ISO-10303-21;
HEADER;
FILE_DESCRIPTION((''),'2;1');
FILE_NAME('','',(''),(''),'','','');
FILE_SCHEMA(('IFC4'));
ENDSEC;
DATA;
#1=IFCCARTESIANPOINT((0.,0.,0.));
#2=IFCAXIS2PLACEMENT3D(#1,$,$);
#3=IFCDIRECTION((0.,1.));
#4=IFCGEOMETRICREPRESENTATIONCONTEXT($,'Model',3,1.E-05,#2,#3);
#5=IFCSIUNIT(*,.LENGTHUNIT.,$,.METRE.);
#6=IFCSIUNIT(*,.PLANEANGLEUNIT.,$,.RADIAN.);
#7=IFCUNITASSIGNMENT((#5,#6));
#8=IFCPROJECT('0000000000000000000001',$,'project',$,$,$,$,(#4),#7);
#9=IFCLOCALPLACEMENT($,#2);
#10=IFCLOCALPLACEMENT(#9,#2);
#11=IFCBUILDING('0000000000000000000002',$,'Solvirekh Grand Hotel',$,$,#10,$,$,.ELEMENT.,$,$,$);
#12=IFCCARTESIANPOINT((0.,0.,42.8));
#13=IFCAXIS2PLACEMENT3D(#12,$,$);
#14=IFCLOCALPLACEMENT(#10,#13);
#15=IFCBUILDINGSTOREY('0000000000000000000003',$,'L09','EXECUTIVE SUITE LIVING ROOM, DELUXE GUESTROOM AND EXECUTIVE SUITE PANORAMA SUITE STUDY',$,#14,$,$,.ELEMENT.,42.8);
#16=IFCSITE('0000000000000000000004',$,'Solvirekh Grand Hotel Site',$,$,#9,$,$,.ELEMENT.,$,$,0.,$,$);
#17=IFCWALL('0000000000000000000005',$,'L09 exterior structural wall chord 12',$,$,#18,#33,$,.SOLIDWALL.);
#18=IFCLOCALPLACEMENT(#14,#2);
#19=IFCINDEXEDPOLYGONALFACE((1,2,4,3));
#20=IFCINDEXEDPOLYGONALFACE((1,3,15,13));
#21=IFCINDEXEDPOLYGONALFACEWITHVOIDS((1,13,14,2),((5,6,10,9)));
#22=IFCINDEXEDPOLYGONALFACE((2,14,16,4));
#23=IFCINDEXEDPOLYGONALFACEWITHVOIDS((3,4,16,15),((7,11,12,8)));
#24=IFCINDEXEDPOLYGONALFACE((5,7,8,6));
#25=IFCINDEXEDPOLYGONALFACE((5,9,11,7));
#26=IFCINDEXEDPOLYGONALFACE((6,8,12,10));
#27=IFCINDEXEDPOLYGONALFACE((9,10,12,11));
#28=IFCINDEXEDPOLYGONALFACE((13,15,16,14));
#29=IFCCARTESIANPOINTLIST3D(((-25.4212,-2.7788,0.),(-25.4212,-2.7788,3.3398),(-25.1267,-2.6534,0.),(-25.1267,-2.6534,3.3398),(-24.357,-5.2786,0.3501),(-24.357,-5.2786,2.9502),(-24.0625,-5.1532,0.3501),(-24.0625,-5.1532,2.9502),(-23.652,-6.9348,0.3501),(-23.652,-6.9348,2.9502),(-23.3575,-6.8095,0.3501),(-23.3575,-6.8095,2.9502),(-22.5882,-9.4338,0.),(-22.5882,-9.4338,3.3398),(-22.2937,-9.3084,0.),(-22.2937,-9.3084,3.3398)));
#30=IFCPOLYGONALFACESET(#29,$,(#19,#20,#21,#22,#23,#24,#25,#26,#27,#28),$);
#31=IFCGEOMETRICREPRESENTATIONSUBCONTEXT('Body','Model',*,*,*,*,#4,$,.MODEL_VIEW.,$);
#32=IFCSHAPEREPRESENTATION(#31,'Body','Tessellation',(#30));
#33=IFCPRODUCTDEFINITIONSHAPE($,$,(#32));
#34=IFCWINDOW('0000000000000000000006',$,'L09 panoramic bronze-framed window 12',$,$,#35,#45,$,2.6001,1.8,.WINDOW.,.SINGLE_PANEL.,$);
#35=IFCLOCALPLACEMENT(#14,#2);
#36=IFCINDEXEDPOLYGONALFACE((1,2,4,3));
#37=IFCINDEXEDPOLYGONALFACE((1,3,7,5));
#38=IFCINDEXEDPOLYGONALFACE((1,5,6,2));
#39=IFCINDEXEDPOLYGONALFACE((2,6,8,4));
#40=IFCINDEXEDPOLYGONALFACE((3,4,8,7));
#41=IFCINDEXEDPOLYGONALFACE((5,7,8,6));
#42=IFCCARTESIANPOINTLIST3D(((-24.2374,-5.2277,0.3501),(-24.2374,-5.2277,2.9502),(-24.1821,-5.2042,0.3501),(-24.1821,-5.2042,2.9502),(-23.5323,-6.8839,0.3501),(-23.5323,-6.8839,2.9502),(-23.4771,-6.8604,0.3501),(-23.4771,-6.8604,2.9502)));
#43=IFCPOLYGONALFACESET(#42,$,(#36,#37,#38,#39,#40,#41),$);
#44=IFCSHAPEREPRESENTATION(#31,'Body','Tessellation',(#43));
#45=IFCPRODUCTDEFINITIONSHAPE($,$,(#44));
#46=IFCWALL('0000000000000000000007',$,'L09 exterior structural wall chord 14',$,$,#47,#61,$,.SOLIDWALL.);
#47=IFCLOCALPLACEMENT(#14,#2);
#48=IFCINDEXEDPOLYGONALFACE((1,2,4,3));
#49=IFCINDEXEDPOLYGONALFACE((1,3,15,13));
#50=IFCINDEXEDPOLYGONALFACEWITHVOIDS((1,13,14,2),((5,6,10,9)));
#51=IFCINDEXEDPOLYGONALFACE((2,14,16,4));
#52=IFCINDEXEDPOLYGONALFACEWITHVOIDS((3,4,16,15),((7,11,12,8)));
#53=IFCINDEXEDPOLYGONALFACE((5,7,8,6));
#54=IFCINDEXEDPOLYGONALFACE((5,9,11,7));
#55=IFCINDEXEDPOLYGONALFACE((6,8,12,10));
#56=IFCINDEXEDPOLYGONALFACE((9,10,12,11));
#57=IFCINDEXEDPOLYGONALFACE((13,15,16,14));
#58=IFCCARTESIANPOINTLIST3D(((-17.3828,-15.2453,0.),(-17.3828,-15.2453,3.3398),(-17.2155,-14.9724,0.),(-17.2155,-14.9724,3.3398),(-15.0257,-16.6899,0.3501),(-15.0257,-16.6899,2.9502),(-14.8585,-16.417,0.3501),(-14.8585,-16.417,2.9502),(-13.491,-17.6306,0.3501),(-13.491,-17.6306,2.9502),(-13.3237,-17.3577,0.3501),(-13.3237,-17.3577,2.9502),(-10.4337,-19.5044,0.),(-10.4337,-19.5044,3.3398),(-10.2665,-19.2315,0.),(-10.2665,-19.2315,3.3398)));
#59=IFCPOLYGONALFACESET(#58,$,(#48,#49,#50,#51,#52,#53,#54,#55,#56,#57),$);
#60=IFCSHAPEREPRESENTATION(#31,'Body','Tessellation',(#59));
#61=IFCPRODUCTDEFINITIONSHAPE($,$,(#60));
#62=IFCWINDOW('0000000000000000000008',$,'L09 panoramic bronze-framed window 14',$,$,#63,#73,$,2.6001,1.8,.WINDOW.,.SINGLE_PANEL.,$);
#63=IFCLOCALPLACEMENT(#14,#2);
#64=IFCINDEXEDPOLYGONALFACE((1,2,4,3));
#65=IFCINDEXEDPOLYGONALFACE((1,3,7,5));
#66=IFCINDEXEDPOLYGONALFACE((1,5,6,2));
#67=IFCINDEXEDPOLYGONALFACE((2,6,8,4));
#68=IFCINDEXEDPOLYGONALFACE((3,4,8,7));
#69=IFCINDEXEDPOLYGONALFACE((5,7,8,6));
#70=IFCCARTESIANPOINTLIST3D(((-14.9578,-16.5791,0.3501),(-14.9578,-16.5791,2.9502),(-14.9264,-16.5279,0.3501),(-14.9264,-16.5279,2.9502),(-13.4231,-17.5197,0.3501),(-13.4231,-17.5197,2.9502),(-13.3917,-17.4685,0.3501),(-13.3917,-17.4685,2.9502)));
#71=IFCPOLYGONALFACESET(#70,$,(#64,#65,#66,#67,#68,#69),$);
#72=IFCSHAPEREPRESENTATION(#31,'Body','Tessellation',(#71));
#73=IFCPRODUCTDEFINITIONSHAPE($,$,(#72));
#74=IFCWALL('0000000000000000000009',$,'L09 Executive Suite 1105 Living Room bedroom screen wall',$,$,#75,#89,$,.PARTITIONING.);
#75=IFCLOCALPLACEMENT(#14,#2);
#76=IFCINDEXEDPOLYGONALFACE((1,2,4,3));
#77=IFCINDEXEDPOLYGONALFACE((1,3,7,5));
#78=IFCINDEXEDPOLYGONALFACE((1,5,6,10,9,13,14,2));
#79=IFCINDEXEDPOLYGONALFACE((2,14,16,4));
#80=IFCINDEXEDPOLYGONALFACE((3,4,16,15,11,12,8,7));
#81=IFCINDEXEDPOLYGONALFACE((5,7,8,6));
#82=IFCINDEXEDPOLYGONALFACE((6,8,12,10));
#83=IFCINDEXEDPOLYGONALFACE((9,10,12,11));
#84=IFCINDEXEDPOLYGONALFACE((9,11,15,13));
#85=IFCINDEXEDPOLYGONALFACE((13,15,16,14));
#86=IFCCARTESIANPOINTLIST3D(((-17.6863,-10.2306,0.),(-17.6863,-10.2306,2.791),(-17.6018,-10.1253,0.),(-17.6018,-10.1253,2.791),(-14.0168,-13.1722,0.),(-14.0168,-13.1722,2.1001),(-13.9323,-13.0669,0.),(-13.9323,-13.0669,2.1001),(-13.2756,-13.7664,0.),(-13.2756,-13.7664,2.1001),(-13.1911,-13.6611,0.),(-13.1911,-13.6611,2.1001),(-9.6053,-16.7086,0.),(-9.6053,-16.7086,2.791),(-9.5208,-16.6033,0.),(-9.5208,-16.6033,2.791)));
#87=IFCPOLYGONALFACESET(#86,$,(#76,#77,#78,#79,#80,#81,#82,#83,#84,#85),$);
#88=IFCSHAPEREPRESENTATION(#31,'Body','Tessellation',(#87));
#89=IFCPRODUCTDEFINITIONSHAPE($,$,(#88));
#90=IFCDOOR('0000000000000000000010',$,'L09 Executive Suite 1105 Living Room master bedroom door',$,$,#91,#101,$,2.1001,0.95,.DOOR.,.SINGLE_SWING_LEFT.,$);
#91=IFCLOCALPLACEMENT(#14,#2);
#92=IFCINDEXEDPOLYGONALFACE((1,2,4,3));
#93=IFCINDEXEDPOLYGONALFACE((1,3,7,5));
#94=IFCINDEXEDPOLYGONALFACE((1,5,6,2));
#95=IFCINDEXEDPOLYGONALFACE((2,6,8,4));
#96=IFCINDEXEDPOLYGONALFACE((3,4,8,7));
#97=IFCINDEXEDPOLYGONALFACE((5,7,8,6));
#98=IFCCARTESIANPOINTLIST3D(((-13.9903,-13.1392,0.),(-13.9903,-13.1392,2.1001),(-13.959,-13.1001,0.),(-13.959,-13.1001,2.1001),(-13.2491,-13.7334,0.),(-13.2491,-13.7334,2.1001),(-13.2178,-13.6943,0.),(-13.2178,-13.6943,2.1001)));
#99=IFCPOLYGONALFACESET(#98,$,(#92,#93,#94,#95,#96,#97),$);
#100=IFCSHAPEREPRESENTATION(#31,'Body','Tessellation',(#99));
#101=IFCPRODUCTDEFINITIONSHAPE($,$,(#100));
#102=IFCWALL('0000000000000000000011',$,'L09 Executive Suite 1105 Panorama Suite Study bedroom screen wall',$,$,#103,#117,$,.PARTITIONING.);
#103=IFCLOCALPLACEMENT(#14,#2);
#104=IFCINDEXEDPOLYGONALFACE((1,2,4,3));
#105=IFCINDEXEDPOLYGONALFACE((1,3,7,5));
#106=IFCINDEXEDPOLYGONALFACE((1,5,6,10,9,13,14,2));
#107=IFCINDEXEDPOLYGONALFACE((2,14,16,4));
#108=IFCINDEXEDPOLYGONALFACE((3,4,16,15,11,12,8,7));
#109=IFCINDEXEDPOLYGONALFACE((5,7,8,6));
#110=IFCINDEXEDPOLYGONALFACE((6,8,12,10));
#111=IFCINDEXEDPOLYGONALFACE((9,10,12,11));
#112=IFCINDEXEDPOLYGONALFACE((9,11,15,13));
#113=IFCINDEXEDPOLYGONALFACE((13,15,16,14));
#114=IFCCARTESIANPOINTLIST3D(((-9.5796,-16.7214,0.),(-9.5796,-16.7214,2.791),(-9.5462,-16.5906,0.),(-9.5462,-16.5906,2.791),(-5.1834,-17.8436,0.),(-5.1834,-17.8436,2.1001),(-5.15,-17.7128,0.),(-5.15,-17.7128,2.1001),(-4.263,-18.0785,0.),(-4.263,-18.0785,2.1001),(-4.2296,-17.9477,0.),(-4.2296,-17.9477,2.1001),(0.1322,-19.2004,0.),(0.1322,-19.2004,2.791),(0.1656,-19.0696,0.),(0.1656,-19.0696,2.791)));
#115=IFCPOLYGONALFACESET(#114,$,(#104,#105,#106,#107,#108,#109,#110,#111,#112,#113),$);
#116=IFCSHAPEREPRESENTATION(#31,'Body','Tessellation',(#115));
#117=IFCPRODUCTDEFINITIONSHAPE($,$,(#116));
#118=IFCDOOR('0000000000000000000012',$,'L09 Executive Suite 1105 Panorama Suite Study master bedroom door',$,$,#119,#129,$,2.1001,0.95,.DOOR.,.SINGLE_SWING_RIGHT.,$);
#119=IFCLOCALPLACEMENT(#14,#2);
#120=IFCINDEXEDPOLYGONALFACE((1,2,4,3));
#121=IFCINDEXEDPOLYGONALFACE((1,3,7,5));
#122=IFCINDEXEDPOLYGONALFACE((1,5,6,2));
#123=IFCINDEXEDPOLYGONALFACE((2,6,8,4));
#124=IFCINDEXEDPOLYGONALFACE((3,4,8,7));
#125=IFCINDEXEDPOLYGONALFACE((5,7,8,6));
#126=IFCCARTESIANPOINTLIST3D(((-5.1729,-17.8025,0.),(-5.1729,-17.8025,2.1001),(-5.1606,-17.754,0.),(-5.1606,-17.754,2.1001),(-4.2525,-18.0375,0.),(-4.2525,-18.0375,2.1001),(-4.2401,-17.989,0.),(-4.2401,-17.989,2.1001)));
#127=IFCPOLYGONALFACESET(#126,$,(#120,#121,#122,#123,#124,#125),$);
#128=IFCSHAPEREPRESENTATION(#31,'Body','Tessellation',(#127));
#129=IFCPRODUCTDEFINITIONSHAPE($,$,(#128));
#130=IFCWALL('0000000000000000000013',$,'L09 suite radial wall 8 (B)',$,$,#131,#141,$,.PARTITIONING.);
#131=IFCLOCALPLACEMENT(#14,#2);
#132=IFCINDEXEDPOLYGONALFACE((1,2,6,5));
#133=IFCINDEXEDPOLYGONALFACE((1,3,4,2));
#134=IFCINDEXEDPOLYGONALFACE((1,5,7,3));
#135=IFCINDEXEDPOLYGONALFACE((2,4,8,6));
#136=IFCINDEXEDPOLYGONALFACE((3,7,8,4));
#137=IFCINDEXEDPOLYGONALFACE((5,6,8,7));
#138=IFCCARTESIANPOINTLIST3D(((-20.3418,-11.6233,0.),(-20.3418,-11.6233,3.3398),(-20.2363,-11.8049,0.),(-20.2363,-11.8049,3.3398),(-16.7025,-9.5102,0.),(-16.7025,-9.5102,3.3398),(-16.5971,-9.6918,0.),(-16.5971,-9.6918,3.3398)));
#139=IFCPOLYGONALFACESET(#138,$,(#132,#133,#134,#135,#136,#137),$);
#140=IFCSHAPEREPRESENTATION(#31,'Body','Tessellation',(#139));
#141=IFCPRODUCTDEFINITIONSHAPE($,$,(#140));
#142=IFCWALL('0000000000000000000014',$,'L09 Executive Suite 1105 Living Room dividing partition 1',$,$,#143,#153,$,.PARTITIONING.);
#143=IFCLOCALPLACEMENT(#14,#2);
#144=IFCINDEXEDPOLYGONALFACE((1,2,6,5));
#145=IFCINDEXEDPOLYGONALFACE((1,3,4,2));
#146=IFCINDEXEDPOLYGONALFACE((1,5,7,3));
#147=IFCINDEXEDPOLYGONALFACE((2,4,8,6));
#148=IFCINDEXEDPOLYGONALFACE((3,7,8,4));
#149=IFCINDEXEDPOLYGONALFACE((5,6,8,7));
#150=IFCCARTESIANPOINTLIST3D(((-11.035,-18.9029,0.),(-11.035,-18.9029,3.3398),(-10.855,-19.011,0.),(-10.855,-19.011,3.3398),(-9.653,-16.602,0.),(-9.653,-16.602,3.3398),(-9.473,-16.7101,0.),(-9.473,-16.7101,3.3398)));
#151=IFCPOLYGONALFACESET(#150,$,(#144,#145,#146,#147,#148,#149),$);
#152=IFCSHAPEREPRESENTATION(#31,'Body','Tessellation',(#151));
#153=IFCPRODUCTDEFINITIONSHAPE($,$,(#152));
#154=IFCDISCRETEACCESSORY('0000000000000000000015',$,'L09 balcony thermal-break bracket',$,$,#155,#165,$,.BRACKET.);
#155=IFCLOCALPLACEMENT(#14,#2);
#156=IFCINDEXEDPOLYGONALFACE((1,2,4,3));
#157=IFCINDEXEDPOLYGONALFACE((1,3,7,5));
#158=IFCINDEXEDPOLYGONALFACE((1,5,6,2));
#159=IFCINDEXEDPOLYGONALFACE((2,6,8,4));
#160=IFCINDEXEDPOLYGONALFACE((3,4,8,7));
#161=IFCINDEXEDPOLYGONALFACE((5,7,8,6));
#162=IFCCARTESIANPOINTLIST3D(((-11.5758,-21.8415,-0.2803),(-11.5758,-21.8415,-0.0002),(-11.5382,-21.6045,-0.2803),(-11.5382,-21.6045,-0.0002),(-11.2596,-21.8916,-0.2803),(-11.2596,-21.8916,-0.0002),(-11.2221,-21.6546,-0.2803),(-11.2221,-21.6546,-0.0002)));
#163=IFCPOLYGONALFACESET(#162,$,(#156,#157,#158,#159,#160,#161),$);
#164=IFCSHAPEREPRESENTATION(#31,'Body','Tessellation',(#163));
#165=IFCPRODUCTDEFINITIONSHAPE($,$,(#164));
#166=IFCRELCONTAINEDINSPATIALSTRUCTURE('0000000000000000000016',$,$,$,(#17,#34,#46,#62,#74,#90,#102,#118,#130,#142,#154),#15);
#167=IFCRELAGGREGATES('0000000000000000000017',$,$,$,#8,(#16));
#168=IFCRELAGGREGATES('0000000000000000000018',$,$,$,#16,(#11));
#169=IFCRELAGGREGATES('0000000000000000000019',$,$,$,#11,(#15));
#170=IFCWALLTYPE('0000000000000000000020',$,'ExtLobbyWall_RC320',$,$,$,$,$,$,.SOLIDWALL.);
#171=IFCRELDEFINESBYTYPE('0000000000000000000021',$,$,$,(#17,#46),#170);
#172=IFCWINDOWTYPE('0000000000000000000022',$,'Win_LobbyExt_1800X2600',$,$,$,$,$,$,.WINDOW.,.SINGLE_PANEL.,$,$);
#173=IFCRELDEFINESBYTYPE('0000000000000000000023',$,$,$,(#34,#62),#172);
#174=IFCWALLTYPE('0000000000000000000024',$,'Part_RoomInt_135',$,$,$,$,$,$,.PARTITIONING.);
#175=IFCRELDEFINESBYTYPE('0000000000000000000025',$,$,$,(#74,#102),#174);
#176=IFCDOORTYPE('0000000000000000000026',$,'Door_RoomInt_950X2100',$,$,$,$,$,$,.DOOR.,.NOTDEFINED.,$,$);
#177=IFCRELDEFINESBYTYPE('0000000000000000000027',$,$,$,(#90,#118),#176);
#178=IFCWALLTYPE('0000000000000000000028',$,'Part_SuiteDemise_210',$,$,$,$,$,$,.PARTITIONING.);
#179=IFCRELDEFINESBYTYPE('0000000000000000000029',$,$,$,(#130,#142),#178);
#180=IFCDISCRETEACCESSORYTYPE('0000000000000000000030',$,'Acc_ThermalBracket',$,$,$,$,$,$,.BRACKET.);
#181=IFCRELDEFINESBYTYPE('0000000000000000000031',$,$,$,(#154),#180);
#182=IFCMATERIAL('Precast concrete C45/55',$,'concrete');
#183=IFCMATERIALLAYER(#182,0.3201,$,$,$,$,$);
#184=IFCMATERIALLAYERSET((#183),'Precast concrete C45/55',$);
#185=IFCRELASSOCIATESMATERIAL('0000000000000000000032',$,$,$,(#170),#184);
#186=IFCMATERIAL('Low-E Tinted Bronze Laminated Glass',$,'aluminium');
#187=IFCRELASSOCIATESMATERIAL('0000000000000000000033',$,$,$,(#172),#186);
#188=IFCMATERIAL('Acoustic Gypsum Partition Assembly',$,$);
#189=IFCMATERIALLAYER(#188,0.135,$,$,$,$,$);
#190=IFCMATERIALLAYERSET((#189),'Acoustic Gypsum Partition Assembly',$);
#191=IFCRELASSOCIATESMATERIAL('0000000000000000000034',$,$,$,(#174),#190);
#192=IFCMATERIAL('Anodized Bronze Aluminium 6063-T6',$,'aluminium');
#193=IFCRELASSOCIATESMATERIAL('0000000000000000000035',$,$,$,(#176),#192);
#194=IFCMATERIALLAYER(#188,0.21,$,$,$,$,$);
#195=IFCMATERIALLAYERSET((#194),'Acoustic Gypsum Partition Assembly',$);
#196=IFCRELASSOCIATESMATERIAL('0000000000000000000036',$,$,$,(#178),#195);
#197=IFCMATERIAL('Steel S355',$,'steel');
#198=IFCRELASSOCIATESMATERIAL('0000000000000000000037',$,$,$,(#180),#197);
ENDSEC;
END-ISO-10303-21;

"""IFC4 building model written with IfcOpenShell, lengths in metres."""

from ifc_helpers import new_model, si_unit, direction, frame, frame_2d, origin, origin_2d, place, context, subcontext, project, spatial, rectangle, extrude, material, layer, layer_set, type_object, element, fill, save


model = new_model("IFC4")

# Units and contexts
model_context = context("Model", 3, precision=1e-05, world=origin(), true_north=direction((0.0, 1.0)))
body_context = subcontext(model_context, "Body", "Model", "MODEL_VIEW")
ifc_project = project(units=[si_unit("LENGTHUNIT", "METRE"), si_unit("PLANEANGLEUNIT", "RADIAN")], contexts=[model_context])

# Site, building, storey
site_placement = place(None, origin())
site = spatial("IfcSite", under=ifc_project, at=site_placement, Name="Solvirekh Grand Hotel Site", CompositionType="ELEMENT", RefElevation=0.0)
building_placement = place(site_placement, origin())
building = spatial("IfcBuilding", under=site, at=building_placement, Name="Solvirekh Grand Hotel", CompositionType="ELEMENT")
storey_placement = place(building_placement, frame((0.0, 0.0, 42.8)))
storey = spatial("IfcBuildingStorey", under=building, at=storey_placement, Name="L09", Description="EXECUTIVE SUITE LIVING ROOM, DELUXE GUESTROOM AND EXECUTIVE SUITE PANORAMA SUITE STUDY", CompositionType="ELEMENT", Elevation=42.8)

# Shared definitions
ifc_material_1 = material(Name="Anodized Bronze Aluminium 6063-T6", Category="aluminium")
ifc_material_2 = material(Name="Low-E Tinted Bronze Laminated Glass", Category="aluminium")

# Walls, openings, windows
ifc_material_3 = material(Name="Precast concrete C45/55", Category="concrete")
ifc_layer_1 = layer(ifc_material_3, 0.3201)
ifc_layer_set_1 = layer_set([ifc_layer_1], Name="Precast concrete C45/55")
wall_type_1 = type_object("IfcWallType", Name="ExtLobbyWall_RC320", PredefinedType="SOLIDWALL", material=ifc_layer_set_1)
wall_1_placement = place(storey_placement, frame((-22.4409, -9.3711, 0.0), z_axis=(0.0, 0.0, 1.0), x_axis=(-0.391682, 0.920101, 0.0)))
wall_1 = element("IfcWall", 1, at=wall_1_placement, inside=storey, type_object=wall_type_1, Name="L09 exterior structural wall chord 12", PredefinedType="SOLIDWALL", context=body_context, shape_type="SweptSolid", body=[
    extrude(rectangle(XDim=7.2329, YDim=0.3201, at=frame_2d((3.6165, 0.0))), origin(), (0.0, 0.0, 1.0), 3.3398),
])
opening_1_placement = place(wall_1_placement, frame((2.7161, 0.0, 0.3501)))
opening_1 = element("IfcOpeningElement", 2, at=opening_1_placement, cuts=wall_1, PredefinedType="OPENING", context=body_context, shape_type="SweptSolid", body=[
    extrude(rectangle(XDim=1.8, YDim=2.6001, at=frame_2d((0.8999, 1.3))), frame((0.0, 0.1699, 0.0), z_axis=(0.0, -1.0, 0.0), x_axis=(1.0, 0.0, 0.0)), (0.0, 0.0, 1.0), 0.3401),
])
window_type = type_object("IfcWindowType", Name="Win_LobbyExt_1800X2600", PartitioningType="SINGLE_PANEL", PredefinedType="WINDOW", material=ifc_material_2)
window_1_placement = place(opening_1_placement, origin())
window_1 = element("IfcWindow", 3, at=window_1_placement, inside=storey, type_object=window_type, Name="L09 panoramic bronze-framed window 12", OverallHeight=2.6001, OverallWidth=1.8, PartitioningType="SINGLE_PANEL", PredefinedType="WINDOW", context=body_context, shape_type="SweptSolid", body=[
    extrude(rectangle(XDim=1.8, YDim=2.6001, at=frame_2d((0.8999, 1.3))), frame((0.0, 0.03, 0.0), z_axis=(0.0, -1.0, 0.0), x_axis=(1.0, 0.0, 0.0)), (0.0, 0.0, 1.0), 0.0601),
])
fill(opening_1, window_1)
wall_2_placement = place(storey_placement, frame((-10.3501, -19.3679, 0.0), z_axis=(0.0, 0.0, 1.0), x_axis=(-0.852602, 0.522561, 0.0)))
wall_2 = element("IfcWall", 4, at=wall_2_placement, inside=storey, type_object=wall_type_1, Name="L09 exterior structural wall chord 14", PredefinedType="SOLIDWALL", context=body_context, shape_type="SweptSolid", body=[
    extrude(rectangle(XDim=8.1504, YDim=0.3201, at=frame_2d((4.0752, 0.0))), origin(), (0.0, 0.0, 1.0), 3.3398),
])
opening_2_placement = place(wall_2_placement, frame((3.5859, 0.0, 0.3501)))
opening_2 = element("IfcOpeningElement", 5, at=opening_2_placement, cuts=wall_2, PredefinedType="OPENING", context=body_context, shape_type="SweptSolid", body=[
    extrude(rectangle(XDim=1.8, YDim=2.6001, at=frame_2d((0.8999, 1.3))), frame((0.0, 0.1699, 0.0), z_axis=(0.0, -1.0, 0.0), x_axis=(1.0, 0.0, 0.0)), (0.0, 0.0, 1.0), 0.3401),
])
window_2_placement = place(opening_2_placement, origin())
window_2 = element("IfcWindow", 6, at=window_2_placement, inside=storey, type_object=window_type, Name="L09 panoramic bronze-framed window 14", OverallHeight=2.6001, OverallWidth=1.8, PartitioningType="SINGLE_PANEL", PredefinedType="WINDOW", context=body_context, shape_type="SweptSolid", body=[
    extrude(rectangle(XDim=1.8, YDim=2.6001, at=frame_2d((0.8999, 1.3))), frame((0.0, 0.03, 0.0), z_axis=(0.0, -1.0, 0.0), x_axis=(1.0, 0.0, 0.0)), (0.0, 0.0, 1.0), 0.0601),
])
fill(opening_2, window_2)

# Walls, openings, doors
ifc_material_4 = material(Name="Acoustic Gypsum Partition Assembly")
ifc_layer_2 = layer(ifc_material_4, 0.135)
ifc_layer_set_2 = layer_set([ifc_layer_2], Name="Acoustic Gypsum Partition Assembly")
wall_type_2 = type_object("IfcWallType", Name="Part_RoomInt_135", PredefinedType="PARTITIONING", material=ifc_layer_set_2)
wall_3_placement = place(storey_placement, frame((-17.644, -10.178, 0.0), z_axis=(0.0, 0.0, 1.0), x_axis=(0.780247, -0.625471, 0.0)))
wall_3 = element("IfcWall", 7, at=wall_3_placement, inside=storey, type_object=wall_type_2, Name="L09 Executive Suite 1105 Living Room bedroom screen wall", PredefinedType="PARTITIONING", context=body_context, shape_type="SweptSolid", body=[
    extrude(rectangle(XDim=10.3569, YDim=0.135, at=frame_2d((5.1785, 0.0))), origin(), (0.0, 0.0, 1.0), 2.791),
])
opening_3_placement = place(wall_3_placement, frame((4.7029, 0.0, 0.0)))
opening_3 = element("IfcOpeningElement", 8, at=opening_3_placement, cuts=wall_3, PredefinedType="OPENING", context=body_context, shape_type="SweptSolid", body=[
    extrude(rectangle(XDim=0.95, YDim=2.1001, at=frame_2d((0.4751, 1.05))), frame((0.0, 0.0776, 0.0), z_axis=(0.0, -1.0, 0.0), x_axis=(1.0, 0.0, 0.0)), (0.0, 0.0, 1.0), 0.155),
])
door_type = type_object("IfcDoorType", Name="Door_RoomInt_950X2100", OperationType="NOTDEFINED", PredefinedType="DOOR", material=ifc_material_1)
door_1_placement = place(opening_3_placement, origin())
door_1 = element("IfcDoor", 9, at=door_1_placement, inside=storey, type_object=door_type, Name="L09 Executive Suite 1105 Living Room master bedroom door", OperationType="SINGLE_SWING_LEFT", OverallHeight=2.1001, OverallWidth=0.95, PredefinedType="DOOR", context=body_context, shape_type="SweptSolid", body=[
    extrude(rectangle(XDim=0.95, YDim=2.1001, at=frame_2d((0.4751, 1.05))), frame((0.0, 0.0249, 0.0), z_axis=(0.0, -1.0, 0.0), x_axis=(1.0, 0.0, 0.0)), (0.0, 0.0, 1.0), 0.05),
])
fill(opening_3, door_1)
wall_4_placement = place(storey_placement, frame((-9.563, -16.656, 0.0), z_axis=(0.0, 0.0, 1.0), x_axis=(0.968933, -0.247324, 0.0)))
wall_4 = element("IfcWall", 10, at=wall_4_placement, inside=storey, type_object=wall_type_2, Name="L09 Executive Suite 1105 Panorama Suite Study bedroom screen wall", PredefinedType="PARTITIONING", context=body_context, shape_type="SweptSolid", body=[
    extrude(rectangle(XDim=10.0232, YDim=0.135, at=frame_2d((5.0117, 0.0))), origin(), (0.0, 0.0, 1.0), 2.791),
])
opening_4_placement = place(wall_4_placement, frame((4.5371, 0.0, 0.0)))
opening_4 = element("IfcOpeningElement", 11, at=opening_4_placement, cuts=wall_4, PredefinedType="OPENING", context=body_context, shape_type="SweptSolid", body=[
    extrude(rectangle(XDim=0.95, YDim=2.1001, at=frame_2d((0.4751, 1.05))), frame((0.0, 0.0776, 0.0), z_axis=(0.0, -1.0, 0.0), x_axis=(1.0, 0.0, 0.0)), (0.0, 0.0, 1.0), 0.155),
])
door_2_placement = place(opening_4_placement, origin())
door_2 = element("IfcDoor", 12, at=door_2_placement, inside=storey, type_object=door_type, Name="L09 Executive Suite 1105 Panorama Suite Study master bedroom door", OperationType="SINGLE_SWING_RIGHT", OverallHeight=2.1001, OverallWidth=0.95, PredefinedType="DOOR", context=body_context, shape_type="SweptSolid", body=[
    extrude(rectangle(XDim=0.95, YDim=2.1001, at=frame_2d((0.4751, 1.05))), frame((0.0, 0.0249, 0.0), z_axis=(0.0, -1.0, 0.0), x_axis=(1.0, 0.0, 0.0)), (0.0, 0.0, 1.0), 0.05),
])
fill(opening_4, door_2)

# Walls
ifc_layer_3 = layer(ifc_material_4, 0.21)
ifc_layer_set_3 = layer_set([ifc_layer_3], Name="Acoustic Gypsum Partition Assembly")
wall_type_3 = type_object("IfcWallType", Name="Part_SuiteDemise_210", PredefinedType="PARTITIONING", material=ifc_layer_set_3)
wall_5_placement = place(storey_placement, frame((-16.6499, -9.6011, 0.0), z_axis=(0.0, 0.0, 1.0), x_axis=(-0.864791, -0.502131, 0.0)))
element("IfcWall", 13, at=wall_5_placement, inside=storey, type_object=wall_type_3, Name="L09 suite radial wall 8 (B)", PredefinedType="PARTITIONING", context=body_context, shape_type="SweptSolid", body=[
    extrude(rectangle(XDim=4.2083, YDim=0.21, at=frame_2d((2.104, 0.0))), origin(), (0.0, 0.0, 1.0), 3.3398),
])
wall_6_placement = place(storey_placement, frame((-9.563, -16.656, 0.0), z_axis=(0.0, 0.0, 1.0), x_axis=(-0.514897, -0.857252, 0.0)))
element("IfcWall", 14, at=wall_6_placement, inside=storey, type_object=wall_type_3, Name="L09 Executive Suite 1105 Living Room dividing partition 1", PredefinedType="PARTITIONING", context=body_context, shape_type="SweptSolid", body=[
    extrude(rectangle(XDim=2.6841, YDim=0.21, at=frame_2d((1.342, 0.0))), origin(), (0.0, 0.0, 1.0), 3.3398),
])

# Discrete accessory
ifc_material_5 = material(Name="Steel S355", Category="steel")
discrete_accessory_type = type_object("IfcDiscreteAccessoryType", Name="Acc_ThermalBracket", PredefinedType="BRACKET", material=ifc_material_5)
discrete_accessory_placement = place(storey_placement, frame((-11.3989, -21.748, -0.2803), z_axis=(0.0, 0.0, 1.0), x_axis=(0.987688, -0.156434, 0.0)))
element("IfcDiscreteAccessory", 15, at=discrete_accessory_placement, inside=storey, type_object=discrete_accessory_type, Name="L09 balcony thermal-break bracket", PredefinedType="BRACKET", context=body_context, shape_type="SweptSolid", body=[
    extrude(rectangle(XDim=0.3201, YDim=0.24, at=origin_2d()), origin(), (0.0, 0.0, 1.0), 0.28),
])

save(model, "model.ifc")
